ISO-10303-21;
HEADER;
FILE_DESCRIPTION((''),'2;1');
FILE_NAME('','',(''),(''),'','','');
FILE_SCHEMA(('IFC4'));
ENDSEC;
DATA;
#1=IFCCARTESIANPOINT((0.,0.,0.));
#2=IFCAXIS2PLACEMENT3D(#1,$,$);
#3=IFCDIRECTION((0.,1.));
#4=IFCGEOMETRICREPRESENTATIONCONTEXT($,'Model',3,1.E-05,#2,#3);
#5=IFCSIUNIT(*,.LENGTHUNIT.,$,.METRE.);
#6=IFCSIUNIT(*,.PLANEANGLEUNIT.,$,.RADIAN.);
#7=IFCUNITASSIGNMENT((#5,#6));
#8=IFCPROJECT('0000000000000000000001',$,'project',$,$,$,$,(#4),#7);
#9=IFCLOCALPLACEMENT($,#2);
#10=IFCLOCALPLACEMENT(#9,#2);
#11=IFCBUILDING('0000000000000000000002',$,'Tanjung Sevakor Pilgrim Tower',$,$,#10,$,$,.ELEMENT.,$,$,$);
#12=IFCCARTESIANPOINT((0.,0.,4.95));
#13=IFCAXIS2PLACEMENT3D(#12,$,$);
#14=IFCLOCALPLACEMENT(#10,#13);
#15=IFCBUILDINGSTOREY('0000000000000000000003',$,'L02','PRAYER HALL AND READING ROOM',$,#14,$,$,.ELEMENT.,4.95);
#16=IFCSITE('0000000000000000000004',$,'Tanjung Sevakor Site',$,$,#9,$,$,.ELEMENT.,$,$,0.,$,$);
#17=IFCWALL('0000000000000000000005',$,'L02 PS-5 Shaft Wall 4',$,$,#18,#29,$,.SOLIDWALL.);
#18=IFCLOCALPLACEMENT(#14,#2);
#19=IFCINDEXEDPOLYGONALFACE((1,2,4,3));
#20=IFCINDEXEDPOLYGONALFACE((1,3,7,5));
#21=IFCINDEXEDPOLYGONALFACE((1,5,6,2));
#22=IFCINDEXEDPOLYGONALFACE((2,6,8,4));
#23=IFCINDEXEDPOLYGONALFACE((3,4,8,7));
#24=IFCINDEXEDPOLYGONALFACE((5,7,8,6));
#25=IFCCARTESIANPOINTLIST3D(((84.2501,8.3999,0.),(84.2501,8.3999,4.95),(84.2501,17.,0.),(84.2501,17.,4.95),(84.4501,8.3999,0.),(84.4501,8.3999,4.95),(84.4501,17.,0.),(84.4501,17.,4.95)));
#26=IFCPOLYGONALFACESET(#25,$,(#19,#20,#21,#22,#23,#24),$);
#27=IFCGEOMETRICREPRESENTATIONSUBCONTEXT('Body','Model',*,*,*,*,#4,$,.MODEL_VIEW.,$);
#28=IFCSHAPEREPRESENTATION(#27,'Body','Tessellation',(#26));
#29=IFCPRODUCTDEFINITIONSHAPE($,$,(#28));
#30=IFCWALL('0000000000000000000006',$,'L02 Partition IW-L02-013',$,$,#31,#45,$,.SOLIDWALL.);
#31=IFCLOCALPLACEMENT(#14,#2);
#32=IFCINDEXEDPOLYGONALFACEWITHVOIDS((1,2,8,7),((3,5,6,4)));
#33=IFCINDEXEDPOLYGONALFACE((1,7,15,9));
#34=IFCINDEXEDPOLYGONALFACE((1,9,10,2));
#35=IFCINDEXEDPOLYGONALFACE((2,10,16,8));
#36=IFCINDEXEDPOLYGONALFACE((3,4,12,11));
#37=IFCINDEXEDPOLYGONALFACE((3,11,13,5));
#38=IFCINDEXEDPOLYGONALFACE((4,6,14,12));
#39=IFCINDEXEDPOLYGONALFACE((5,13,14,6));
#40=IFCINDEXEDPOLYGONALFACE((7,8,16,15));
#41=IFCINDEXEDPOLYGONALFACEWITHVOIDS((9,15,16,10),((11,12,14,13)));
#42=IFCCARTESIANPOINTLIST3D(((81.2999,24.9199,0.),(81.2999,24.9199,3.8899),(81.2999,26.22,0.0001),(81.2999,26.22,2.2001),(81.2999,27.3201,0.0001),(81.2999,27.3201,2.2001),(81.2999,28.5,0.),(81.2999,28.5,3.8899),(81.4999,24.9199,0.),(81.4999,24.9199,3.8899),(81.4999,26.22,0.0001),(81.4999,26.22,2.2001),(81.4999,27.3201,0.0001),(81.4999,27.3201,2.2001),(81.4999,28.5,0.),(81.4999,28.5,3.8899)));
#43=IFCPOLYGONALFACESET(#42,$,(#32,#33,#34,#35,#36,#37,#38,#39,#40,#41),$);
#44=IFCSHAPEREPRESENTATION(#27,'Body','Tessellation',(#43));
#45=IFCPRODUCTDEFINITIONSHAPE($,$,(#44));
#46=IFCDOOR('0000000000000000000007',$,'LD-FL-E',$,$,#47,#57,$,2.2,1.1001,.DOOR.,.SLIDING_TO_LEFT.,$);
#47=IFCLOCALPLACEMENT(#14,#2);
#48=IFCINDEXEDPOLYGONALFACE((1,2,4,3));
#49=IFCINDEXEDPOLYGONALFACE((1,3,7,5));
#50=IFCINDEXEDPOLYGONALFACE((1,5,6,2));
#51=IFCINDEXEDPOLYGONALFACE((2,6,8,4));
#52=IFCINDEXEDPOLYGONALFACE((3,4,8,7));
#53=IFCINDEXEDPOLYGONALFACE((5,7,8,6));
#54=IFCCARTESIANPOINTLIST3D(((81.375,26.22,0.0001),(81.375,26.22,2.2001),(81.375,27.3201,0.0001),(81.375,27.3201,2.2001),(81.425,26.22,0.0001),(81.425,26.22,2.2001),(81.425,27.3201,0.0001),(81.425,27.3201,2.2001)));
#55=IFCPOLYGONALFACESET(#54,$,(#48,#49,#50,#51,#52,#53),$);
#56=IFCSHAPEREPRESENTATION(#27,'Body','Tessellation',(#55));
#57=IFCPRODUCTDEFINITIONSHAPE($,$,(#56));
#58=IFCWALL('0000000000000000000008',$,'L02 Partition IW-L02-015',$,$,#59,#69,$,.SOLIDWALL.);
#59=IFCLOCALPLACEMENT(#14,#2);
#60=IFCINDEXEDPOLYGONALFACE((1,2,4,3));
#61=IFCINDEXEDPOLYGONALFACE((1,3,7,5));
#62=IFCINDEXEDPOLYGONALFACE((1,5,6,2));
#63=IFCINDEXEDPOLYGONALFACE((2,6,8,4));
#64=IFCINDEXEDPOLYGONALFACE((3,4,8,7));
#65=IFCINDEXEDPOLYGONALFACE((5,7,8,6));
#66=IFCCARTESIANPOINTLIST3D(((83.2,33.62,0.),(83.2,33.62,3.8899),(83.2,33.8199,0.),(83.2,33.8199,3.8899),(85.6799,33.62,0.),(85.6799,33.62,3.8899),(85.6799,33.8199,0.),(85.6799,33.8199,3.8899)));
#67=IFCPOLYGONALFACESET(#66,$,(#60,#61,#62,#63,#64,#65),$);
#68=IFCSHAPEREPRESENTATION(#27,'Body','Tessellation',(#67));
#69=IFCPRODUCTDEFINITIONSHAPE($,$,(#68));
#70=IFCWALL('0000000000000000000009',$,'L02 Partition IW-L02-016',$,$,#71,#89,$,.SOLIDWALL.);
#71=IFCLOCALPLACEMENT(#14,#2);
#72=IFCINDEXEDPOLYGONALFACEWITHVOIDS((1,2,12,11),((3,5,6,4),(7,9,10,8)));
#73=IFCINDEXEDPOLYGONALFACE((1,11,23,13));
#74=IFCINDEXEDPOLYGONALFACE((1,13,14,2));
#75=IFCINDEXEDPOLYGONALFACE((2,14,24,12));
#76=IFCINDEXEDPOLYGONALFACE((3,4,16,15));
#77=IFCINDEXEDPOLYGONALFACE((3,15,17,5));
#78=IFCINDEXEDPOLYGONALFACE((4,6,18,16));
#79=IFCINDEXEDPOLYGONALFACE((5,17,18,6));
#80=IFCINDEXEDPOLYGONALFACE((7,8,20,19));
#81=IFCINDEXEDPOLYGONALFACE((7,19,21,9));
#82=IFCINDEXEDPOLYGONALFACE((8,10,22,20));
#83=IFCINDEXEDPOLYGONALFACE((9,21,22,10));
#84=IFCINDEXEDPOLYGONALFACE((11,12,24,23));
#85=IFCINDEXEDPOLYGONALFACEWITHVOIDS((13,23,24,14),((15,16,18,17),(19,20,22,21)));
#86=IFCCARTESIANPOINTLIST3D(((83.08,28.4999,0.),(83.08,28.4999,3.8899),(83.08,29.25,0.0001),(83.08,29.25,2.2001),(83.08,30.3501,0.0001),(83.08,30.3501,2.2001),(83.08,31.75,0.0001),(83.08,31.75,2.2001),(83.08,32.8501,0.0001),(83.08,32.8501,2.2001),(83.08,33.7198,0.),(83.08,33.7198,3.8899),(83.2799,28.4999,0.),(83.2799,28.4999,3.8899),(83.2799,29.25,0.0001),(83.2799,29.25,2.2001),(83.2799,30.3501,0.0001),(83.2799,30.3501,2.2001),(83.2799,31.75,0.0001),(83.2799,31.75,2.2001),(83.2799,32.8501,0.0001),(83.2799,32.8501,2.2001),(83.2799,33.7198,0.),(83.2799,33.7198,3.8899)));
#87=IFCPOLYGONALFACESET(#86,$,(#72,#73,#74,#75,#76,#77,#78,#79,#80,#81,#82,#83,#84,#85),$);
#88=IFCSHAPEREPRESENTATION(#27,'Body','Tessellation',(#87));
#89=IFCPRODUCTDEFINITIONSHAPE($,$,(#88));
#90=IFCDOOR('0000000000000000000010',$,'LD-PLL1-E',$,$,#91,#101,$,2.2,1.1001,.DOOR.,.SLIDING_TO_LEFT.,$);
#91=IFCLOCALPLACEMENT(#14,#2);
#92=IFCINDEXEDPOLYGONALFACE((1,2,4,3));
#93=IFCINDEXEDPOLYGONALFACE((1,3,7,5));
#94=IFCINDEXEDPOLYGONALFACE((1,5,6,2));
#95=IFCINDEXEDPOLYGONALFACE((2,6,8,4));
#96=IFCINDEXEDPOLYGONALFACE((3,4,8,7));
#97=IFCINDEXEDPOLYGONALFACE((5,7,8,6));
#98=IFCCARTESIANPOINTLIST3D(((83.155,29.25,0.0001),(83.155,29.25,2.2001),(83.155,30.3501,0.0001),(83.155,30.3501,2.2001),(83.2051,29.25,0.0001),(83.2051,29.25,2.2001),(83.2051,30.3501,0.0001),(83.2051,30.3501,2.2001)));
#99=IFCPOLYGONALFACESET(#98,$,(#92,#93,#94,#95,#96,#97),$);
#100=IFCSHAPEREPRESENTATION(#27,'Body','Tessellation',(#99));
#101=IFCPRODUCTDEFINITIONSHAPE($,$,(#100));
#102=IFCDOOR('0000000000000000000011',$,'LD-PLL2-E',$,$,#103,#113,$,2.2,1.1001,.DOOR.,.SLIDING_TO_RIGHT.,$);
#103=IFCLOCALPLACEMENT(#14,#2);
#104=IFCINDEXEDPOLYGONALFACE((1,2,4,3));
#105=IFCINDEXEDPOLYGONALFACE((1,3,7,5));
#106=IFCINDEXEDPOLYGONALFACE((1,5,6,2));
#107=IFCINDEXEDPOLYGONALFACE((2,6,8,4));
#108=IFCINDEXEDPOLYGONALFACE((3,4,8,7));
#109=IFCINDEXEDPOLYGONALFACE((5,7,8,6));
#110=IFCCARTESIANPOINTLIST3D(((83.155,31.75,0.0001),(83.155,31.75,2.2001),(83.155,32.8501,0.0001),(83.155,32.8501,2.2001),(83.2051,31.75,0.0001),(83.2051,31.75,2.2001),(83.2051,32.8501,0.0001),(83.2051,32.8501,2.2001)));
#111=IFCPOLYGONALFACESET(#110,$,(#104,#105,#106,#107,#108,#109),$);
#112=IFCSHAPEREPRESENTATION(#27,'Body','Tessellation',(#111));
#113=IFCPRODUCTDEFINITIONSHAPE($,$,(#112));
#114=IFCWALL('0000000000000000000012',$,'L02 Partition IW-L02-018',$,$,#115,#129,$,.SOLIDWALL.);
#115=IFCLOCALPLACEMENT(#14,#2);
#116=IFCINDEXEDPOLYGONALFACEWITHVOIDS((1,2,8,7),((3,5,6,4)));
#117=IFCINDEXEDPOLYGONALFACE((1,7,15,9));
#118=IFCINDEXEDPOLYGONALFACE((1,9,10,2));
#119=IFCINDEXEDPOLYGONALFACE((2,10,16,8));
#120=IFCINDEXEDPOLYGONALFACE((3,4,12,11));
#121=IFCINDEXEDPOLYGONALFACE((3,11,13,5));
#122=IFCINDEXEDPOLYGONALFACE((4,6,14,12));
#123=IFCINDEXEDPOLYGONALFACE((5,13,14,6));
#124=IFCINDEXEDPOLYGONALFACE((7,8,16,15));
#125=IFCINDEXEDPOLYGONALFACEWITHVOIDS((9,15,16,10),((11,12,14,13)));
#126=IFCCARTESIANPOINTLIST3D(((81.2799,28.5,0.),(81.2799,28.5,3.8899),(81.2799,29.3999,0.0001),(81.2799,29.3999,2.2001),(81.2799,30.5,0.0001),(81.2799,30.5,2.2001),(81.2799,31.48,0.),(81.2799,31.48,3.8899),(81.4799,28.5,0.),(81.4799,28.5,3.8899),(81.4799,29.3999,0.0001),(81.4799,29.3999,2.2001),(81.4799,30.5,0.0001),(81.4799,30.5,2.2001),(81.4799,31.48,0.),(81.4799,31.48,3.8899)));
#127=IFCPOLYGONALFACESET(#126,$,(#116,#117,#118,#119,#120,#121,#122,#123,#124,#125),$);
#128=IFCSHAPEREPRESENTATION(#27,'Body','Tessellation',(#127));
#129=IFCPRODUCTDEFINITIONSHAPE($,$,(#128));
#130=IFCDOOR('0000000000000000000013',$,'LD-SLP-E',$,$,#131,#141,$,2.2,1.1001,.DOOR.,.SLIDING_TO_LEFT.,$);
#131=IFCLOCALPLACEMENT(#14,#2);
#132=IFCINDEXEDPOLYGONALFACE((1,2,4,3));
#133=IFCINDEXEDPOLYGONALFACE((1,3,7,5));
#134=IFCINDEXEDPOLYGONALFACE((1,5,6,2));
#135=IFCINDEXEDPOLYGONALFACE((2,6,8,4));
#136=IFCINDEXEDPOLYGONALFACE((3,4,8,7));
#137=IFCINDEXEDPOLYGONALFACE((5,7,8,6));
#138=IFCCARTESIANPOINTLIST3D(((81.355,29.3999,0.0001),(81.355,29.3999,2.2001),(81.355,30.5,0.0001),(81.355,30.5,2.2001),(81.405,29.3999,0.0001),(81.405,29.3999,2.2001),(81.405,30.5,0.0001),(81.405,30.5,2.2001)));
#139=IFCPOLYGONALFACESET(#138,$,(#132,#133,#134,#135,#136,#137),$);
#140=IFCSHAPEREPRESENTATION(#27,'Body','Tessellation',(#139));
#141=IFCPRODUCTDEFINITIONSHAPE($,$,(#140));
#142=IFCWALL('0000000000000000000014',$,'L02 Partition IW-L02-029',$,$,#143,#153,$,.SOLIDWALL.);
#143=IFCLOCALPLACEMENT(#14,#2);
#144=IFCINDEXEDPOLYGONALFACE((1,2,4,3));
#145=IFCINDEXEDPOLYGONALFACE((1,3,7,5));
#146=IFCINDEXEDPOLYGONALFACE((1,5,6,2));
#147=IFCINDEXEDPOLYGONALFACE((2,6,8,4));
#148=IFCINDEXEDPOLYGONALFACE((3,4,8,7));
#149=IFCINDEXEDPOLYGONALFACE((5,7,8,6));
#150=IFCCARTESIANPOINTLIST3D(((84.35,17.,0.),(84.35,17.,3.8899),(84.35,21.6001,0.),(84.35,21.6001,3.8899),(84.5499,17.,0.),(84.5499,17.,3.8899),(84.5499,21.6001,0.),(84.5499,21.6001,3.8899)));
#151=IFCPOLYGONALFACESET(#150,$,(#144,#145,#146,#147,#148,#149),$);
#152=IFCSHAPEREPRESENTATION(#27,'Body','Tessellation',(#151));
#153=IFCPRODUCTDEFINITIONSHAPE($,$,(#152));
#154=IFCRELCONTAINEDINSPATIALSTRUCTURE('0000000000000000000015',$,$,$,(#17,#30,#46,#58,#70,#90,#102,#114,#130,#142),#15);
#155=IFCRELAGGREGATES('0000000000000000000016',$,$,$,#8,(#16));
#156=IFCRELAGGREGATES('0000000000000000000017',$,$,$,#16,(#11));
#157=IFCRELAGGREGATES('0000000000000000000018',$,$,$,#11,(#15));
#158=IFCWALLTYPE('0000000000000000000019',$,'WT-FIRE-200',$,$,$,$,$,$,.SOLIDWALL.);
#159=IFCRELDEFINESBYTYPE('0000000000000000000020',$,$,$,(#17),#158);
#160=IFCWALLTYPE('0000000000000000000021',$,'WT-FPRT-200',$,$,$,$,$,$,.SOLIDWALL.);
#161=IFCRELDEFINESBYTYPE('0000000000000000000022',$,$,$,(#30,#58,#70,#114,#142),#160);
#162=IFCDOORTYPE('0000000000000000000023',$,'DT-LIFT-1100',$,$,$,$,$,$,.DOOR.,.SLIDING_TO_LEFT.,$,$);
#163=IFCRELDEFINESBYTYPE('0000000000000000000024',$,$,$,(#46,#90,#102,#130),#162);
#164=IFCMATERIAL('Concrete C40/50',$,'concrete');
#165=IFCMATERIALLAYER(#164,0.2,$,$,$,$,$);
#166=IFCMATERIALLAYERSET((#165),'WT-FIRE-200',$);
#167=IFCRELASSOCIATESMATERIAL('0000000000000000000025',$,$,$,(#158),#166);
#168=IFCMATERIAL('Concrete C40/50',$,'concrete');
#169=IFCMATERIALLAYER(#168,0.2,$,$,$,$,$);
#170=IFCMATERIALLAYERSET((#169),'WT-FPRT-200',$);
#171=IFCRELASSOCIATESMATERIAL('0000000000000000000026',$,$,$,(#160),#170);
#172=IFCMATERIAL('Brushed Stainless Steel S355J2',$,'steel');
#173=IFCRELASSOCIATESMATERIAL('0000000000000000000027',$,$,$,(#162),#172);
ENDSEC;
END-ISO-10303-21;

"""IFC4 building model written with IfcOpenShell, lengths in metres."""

from ifc_helpers import new_model, si_unit, direction, frame, frame_2d, origin, place, context, subcontext, project, spatial, rectangle, extrude, material, layer, layer_set, type_object, element, fill, save


model = new_model("IFC4")

# Units and contexts
model_context = context("Model", 3, precision=1e-05, world=origin(), true_north=direction((0.0, 1.0)))
body_context = subcontext(model_context, "Body", "Model", "MODEL_VIEW")
ifc_project = project(units=[si_unit("LENGTHUNIT", "METRE"), si_unit("PLANEANGLEUNIT", "RADIAN")], contexts=[model_context])

# Site, building, storey
site_placement = place(None, origin())
site = spatial("IfcSite", under=ifc_project, at=site_placement, Name="Tanjung Sevakor Site", CompositionType="ELEMENT", RefElevation=0.0)
building_placement = place(site_placement, origin())
building = spatial("IfcBuilding", under=site, at=building_placement, Name="Tanjung Sevakor Pilgrim Tower", CompositionType="ELEMENT")
storey_placement = place(building_placement, frame((0.0, 0.0, 4.95)))
storey = spatial("IfcBuildingStorey", under=building, at=storey_placement, Name="L02", Description="PRAYER HALL AND READING ROOM", CompositionType="ELEMENT", Elevation=4.95)

# Wall
ifc_material_1 = material(Name="Concrete C40/50", Category="concrete")
ifc_layer_1 = layer(ifc_material_1, 0.2)
ifc_layer_set_1 = layer_set([ifc_layer_1], Name="WT-FIRE-200")
wall_type_1 = type_object("IfcWallType", Name="WT-FIRE-200", PredefinedType="SOLIDWALL", material=ifc_layer_set_1)
wall_1_placement = place(storey_placement, frame((84.3501, 17.0, 0.0), z_axis=(0.0, 0.0, 1.0), x_axis=(0.0, -1.0, 0.0)))
element("IfcWall", 1, at=wall_1_placement, inside=storey, type_object=wall_type_1, Name="L02 PS-5 Shaft Wall 4", PredefinedType="SOLIDWALL", context=body_context, shape_type="SweptSolid", body=[
    extrude(rectangle(XDim=8.6001, YDim=0.2, at=frame_2d((4.3, 0.0))), origin(), (0.0, 0.0, 1.0), 4.95),
])

# Wall, opening, door
ifc_material_2 = material(Name="Concrete C40/50", Category="concrete")
ifc_layer_2 = layer(ifc_material_2, 0.2)
ifc_layer_set_2 = layer_set([ifc_layer_2], Name="WT-FPRT-200")
wall_type_2 = type_object("IfcWallType", Name="WT-FPRT-200", PredefinedType="SOLIDWALL", material=ifc_layer_set_2)
wall_2_placement = place(storey_placement, frame((81.3999, 24.9199, 0.0), z_axis=(0.0, 0.0, 1.0), x_axis=(0.0, 1.0, 0.0)))
wall_2 = element("IfcWall", 2, at=wall_2_placement, inside=storey, type_object=wall_type_2, Name="L02 Partition IW-L02-013", PredefinedType="SOLIDWALL", context=body_context, shape_type="SweptSolid", body=[
    extrude(rectangle(XDim=3.5801, YDim=0.2, at=frame_2d((1.79, 0.0))), origin(), (0.0, 0.0, 1.0), 3.8899),
])
opening_1_placement = place(wall_2_placement, frame((1.3, 0.0, 0.0)))
opening_1 = element("IfcOpeningElement", 3, at=opening_1_placement, cuts=wall_2, PredefinedType="OPENING", context=body_context, shape_type="SweptSolid", body=[
    extrude(rectangle(XDim=1.1001, YDim=2.2, at=frame_2d((0.55, 1.1001))), frame((0.0, 0.1099, 0.0), z_axis=(0.0, -1.0, 0.0), x_axis=(1.0, 0.0, 0.0)), (0.0, 0.0, 1.0), 0.22),
])
ifc_material_3 = material(Name="Brushed Stainless Steel S355J2", Category="steel")
door_type_1 = type_object("IfcDoorType", Name="DT-LIFT-1100", OperationType="SLIDING_TO_LEFT", PredefinedType="DOOR", material=ifc_material_3)
door_1_placement = place(opening_1_placement, origin())
door_1 = element("IfcDoor", 4, at=door_1_placement, inside=storey, type_object=door_type_1, Name="LD-FL-E", OperationType="SLIDING_TO_LEFT", OverallHeight=2.2, OverallWidth=1.1001, PredefinedType="DOOR", context=body_context, shape_type="SweptSolid", body=[
    extrude(rectangle(XDim=1.1001, YDim=2.2, at=frame_2d((0.55, 1.1001))), frame((0.0, 0.0249, 0.0), z_axis=(0.0, -1.0, 0.0), x_axis=(1.0, 0.0, 0.0)), (0.0, 0.0, 1.0), 0.05),
])
fill(opening_1, door_1)

# Wall
wall_3_placement = place(storey_placement, frame((83.2, 33.72, 0.0), z_axis=(0.0, 0.0, 1.0), x_axis=(1.0, 0.0, 0.0)))
element("IfcWall", 5, at=wall_3_placement, inside=storey, type_object=wall_type_2, Name="L02 Partition IW-L02-015", PredefinedType="SOLIDWALL", context=body_context, shape_type="SweptSolid", body=[
    extrude(rectangle(XDim=2.48, YDim=0.2, at=frame_2d((1.24, 0.0))), origin(), (0.0, 0.0, 1.0), 3.8899),
])

# Wall, openings, doors
wall_4_placement = place(storey_placement, frame((83.1799, 28.5, 0.0), z_axis=(0.0, 0.0, 1.0), x_axis=(0.0, 1.0, 0.0)))
wall_4 = element("IfcWall", 6, at=wall_4_placement, inside=storey, type_object=wall_type_2, Name="L02 Partition IW-L02-016", PredefinedType="SOLIDWALL", context=body_context, shape_type="SweptSolid", body=[
    extrude(rectangle(XDim=5.22, YDim=0.2, at=frame_2d((2.6099, 0.0))), origin(), (0.0, 0.0, 1.0), 3.8899),
])
opening_2_placement = place(wall_4_placement, frame((0.75, 0.0, 0.0)))
opening_2 = element("IfcOpeningElement", 7, at=opening_2_placement, cuts=wall_4, PredefinedType="OPENING", context=body_context, shape_type="SweptSolid", body=[
    extrude(rectangle(XDim=1.1001, YDim=2.2, at=frame_2d((0.55, 1.1001))), frame((0.0, 0.1099, 0.0), z_axis=(0.0, -1.0, 0.0), x_axis=(1.0, 0.0, 0.0)), (0.0, 0.0, 1.0), 0.22),
])
opening_3_placement = place(wall_4_placement, frame((3.25, 0.0, 0.0)))
opening_3 = element("IfcOpeningElement", 8, at=opening_3_placement, cuts=wall_4, PredefinedType="OPENING", context=body_context, shape_type="SweptSolid", body=[
    extrude(rectangle(XDim=1.1001, YDim=2.2, at=frame_2d((0.55, 1.1001))), frame((0.0, 0.1099, 0.0), z_axis=(0.0, -1.0, 0.0), x_axis=(1.0, 0.0, 0.0)), (0.0, 0.0, 1.0), 0.22),
])
door_2_placement = place(opening_2_placement, origin())
door_2 = element("IfcDoor", 9, at=door_2_placement, inside=storey, type_object=door_type_1, Name="LD-PLL1-E", OperationType="SLIDING_TO_LEFT", OverallHeight=2.2, OverallWidth=1.1001, PredefinedType="DOOR", context=body_context, shape_type="SweptSolid", body=[
    extrude(rectangle(XDim=1.1001, YDim=2.2, at=frame_2d((0.55, 1.1001))), frame((0.0, 0.0249, 0.0), z_axis=(0.0, -1.0, 0.0), x_axis=(1.0, 0.0, 0.0)), (0.0, 0.0, 1.0), 0.05),
])
fill(opening_2, door_2)
door_3_placement = place(opening_3_placement, origin())
door_3 = element("IfcDoor", 10, at=door_3_placement, inside=storey, type_object=door_type_1, Name="LD-PLL2-E", OperationType="SLIDING_TO_RIGHT", OverallHeight=2.2, OverallWidth=1.1001, PredefinedType="DOOR", context=body_context, shape_type="SweptSolid", body=[
    extrude(rectangle(XDim=1.1001, YDim=2.2, at=frame_2d((0.55, 1.1001))), frame((0.0, 0.0249, 0.0), z_axis=(0.0, -1.0, 0.0), x_axis=(1.0, 0.0, 0.0)), (0.0, 0.0, 1.0), 0.05),
])
fill(opening_3, door_3)

# Wall, opening, door
wall_5_placement = place(storey_placement, frame((81.3799, 28.5, 0.0), z_axis=(0.0, 0.0, 1.0), x_axis=(0.0, 1.0, 0.0)))
wall_5 = element("IfcWall", 11, at=wall_5_placement, inside=storey, type_object=wall_type_2, Name="L02 Partition IW-L02-018", PredefinedType="SOLIDWALL", context=body_context, shape_type="SweptSolid", body=[
    extrude(rectangle(XDim=2.98, YDim=0.2, at=frame_2d((1.49, 0.0))), origin(), (0.0, 0.0, 1.0), 3.8899),
])
opening_4_placement = place(wall_5_placement, frame((0.8999, 0.0, 0.0)))
opening_4 = element("IfcOpeningElement", 12, at=opening_4_placement, cuts=wall_5, PredefinedType="OPENING", context=body_context, shape_type="SweptSolid", body=[
    extrude(rectangle(XDim=1.1001, YDim=2.2, at=frame_2d((0.55, 1.1001))), frame((0.0, 0.1099, 0.0), z_axis=(0.0, -1.0, 0.0), x_axis=(1.0, 0.0, 0.0)), (0.0, 0.0, 1.0), 0.22),
])
door_4_placement = place(opening_4_placement, origin())
door_4 = element("IfcDoor", 13, at=door_4_placement, inside=storey, type_object=door_type_1, Name="LD-SLP-E", OperationType="SLIDING_TO_LEFT", OverallHeight=2.2, OverallWidth=1.1001, PredefinedType="DOOR", context=body_context, shape_type="SweptSolid", body=[
    extrude(rectangle(XDim=1.1001, YDim=2.2, at=frame_2d((0.55, 1.1001))), frame((0.0, 0.0249, 0.0), z_axis=(0.0, -1.0, 0.0), x_axis=(1.0, 0.0, 0.0)), (0.0, 0.0, 1.0), 0.05),
])
fill(opening_4, door_4)

# Wall
wall_6_placement = place(storey_placement, frame((84.45, 17.0, 0.0), z_axis=(0.0, 0.0, 1.0), x_axis=(0.0, 1.0, 0.0)))
element("IfcWall", 14, at=wall_6_placement, inside=storey, type_object=wall_type_2, Name="L02 Partition IW-L02-029", PredefinedType="SOLIDWALL", context=body_context, shape_type="SweptSolid", body=[
    extrude(rectangle(XDim=4.6001, YDim=0.2, at=frame_2d((2.3, 0.0))), origin(), (0.0, 0.0, 1.0), 3.8899),
])

save(model, "model.ifc")
